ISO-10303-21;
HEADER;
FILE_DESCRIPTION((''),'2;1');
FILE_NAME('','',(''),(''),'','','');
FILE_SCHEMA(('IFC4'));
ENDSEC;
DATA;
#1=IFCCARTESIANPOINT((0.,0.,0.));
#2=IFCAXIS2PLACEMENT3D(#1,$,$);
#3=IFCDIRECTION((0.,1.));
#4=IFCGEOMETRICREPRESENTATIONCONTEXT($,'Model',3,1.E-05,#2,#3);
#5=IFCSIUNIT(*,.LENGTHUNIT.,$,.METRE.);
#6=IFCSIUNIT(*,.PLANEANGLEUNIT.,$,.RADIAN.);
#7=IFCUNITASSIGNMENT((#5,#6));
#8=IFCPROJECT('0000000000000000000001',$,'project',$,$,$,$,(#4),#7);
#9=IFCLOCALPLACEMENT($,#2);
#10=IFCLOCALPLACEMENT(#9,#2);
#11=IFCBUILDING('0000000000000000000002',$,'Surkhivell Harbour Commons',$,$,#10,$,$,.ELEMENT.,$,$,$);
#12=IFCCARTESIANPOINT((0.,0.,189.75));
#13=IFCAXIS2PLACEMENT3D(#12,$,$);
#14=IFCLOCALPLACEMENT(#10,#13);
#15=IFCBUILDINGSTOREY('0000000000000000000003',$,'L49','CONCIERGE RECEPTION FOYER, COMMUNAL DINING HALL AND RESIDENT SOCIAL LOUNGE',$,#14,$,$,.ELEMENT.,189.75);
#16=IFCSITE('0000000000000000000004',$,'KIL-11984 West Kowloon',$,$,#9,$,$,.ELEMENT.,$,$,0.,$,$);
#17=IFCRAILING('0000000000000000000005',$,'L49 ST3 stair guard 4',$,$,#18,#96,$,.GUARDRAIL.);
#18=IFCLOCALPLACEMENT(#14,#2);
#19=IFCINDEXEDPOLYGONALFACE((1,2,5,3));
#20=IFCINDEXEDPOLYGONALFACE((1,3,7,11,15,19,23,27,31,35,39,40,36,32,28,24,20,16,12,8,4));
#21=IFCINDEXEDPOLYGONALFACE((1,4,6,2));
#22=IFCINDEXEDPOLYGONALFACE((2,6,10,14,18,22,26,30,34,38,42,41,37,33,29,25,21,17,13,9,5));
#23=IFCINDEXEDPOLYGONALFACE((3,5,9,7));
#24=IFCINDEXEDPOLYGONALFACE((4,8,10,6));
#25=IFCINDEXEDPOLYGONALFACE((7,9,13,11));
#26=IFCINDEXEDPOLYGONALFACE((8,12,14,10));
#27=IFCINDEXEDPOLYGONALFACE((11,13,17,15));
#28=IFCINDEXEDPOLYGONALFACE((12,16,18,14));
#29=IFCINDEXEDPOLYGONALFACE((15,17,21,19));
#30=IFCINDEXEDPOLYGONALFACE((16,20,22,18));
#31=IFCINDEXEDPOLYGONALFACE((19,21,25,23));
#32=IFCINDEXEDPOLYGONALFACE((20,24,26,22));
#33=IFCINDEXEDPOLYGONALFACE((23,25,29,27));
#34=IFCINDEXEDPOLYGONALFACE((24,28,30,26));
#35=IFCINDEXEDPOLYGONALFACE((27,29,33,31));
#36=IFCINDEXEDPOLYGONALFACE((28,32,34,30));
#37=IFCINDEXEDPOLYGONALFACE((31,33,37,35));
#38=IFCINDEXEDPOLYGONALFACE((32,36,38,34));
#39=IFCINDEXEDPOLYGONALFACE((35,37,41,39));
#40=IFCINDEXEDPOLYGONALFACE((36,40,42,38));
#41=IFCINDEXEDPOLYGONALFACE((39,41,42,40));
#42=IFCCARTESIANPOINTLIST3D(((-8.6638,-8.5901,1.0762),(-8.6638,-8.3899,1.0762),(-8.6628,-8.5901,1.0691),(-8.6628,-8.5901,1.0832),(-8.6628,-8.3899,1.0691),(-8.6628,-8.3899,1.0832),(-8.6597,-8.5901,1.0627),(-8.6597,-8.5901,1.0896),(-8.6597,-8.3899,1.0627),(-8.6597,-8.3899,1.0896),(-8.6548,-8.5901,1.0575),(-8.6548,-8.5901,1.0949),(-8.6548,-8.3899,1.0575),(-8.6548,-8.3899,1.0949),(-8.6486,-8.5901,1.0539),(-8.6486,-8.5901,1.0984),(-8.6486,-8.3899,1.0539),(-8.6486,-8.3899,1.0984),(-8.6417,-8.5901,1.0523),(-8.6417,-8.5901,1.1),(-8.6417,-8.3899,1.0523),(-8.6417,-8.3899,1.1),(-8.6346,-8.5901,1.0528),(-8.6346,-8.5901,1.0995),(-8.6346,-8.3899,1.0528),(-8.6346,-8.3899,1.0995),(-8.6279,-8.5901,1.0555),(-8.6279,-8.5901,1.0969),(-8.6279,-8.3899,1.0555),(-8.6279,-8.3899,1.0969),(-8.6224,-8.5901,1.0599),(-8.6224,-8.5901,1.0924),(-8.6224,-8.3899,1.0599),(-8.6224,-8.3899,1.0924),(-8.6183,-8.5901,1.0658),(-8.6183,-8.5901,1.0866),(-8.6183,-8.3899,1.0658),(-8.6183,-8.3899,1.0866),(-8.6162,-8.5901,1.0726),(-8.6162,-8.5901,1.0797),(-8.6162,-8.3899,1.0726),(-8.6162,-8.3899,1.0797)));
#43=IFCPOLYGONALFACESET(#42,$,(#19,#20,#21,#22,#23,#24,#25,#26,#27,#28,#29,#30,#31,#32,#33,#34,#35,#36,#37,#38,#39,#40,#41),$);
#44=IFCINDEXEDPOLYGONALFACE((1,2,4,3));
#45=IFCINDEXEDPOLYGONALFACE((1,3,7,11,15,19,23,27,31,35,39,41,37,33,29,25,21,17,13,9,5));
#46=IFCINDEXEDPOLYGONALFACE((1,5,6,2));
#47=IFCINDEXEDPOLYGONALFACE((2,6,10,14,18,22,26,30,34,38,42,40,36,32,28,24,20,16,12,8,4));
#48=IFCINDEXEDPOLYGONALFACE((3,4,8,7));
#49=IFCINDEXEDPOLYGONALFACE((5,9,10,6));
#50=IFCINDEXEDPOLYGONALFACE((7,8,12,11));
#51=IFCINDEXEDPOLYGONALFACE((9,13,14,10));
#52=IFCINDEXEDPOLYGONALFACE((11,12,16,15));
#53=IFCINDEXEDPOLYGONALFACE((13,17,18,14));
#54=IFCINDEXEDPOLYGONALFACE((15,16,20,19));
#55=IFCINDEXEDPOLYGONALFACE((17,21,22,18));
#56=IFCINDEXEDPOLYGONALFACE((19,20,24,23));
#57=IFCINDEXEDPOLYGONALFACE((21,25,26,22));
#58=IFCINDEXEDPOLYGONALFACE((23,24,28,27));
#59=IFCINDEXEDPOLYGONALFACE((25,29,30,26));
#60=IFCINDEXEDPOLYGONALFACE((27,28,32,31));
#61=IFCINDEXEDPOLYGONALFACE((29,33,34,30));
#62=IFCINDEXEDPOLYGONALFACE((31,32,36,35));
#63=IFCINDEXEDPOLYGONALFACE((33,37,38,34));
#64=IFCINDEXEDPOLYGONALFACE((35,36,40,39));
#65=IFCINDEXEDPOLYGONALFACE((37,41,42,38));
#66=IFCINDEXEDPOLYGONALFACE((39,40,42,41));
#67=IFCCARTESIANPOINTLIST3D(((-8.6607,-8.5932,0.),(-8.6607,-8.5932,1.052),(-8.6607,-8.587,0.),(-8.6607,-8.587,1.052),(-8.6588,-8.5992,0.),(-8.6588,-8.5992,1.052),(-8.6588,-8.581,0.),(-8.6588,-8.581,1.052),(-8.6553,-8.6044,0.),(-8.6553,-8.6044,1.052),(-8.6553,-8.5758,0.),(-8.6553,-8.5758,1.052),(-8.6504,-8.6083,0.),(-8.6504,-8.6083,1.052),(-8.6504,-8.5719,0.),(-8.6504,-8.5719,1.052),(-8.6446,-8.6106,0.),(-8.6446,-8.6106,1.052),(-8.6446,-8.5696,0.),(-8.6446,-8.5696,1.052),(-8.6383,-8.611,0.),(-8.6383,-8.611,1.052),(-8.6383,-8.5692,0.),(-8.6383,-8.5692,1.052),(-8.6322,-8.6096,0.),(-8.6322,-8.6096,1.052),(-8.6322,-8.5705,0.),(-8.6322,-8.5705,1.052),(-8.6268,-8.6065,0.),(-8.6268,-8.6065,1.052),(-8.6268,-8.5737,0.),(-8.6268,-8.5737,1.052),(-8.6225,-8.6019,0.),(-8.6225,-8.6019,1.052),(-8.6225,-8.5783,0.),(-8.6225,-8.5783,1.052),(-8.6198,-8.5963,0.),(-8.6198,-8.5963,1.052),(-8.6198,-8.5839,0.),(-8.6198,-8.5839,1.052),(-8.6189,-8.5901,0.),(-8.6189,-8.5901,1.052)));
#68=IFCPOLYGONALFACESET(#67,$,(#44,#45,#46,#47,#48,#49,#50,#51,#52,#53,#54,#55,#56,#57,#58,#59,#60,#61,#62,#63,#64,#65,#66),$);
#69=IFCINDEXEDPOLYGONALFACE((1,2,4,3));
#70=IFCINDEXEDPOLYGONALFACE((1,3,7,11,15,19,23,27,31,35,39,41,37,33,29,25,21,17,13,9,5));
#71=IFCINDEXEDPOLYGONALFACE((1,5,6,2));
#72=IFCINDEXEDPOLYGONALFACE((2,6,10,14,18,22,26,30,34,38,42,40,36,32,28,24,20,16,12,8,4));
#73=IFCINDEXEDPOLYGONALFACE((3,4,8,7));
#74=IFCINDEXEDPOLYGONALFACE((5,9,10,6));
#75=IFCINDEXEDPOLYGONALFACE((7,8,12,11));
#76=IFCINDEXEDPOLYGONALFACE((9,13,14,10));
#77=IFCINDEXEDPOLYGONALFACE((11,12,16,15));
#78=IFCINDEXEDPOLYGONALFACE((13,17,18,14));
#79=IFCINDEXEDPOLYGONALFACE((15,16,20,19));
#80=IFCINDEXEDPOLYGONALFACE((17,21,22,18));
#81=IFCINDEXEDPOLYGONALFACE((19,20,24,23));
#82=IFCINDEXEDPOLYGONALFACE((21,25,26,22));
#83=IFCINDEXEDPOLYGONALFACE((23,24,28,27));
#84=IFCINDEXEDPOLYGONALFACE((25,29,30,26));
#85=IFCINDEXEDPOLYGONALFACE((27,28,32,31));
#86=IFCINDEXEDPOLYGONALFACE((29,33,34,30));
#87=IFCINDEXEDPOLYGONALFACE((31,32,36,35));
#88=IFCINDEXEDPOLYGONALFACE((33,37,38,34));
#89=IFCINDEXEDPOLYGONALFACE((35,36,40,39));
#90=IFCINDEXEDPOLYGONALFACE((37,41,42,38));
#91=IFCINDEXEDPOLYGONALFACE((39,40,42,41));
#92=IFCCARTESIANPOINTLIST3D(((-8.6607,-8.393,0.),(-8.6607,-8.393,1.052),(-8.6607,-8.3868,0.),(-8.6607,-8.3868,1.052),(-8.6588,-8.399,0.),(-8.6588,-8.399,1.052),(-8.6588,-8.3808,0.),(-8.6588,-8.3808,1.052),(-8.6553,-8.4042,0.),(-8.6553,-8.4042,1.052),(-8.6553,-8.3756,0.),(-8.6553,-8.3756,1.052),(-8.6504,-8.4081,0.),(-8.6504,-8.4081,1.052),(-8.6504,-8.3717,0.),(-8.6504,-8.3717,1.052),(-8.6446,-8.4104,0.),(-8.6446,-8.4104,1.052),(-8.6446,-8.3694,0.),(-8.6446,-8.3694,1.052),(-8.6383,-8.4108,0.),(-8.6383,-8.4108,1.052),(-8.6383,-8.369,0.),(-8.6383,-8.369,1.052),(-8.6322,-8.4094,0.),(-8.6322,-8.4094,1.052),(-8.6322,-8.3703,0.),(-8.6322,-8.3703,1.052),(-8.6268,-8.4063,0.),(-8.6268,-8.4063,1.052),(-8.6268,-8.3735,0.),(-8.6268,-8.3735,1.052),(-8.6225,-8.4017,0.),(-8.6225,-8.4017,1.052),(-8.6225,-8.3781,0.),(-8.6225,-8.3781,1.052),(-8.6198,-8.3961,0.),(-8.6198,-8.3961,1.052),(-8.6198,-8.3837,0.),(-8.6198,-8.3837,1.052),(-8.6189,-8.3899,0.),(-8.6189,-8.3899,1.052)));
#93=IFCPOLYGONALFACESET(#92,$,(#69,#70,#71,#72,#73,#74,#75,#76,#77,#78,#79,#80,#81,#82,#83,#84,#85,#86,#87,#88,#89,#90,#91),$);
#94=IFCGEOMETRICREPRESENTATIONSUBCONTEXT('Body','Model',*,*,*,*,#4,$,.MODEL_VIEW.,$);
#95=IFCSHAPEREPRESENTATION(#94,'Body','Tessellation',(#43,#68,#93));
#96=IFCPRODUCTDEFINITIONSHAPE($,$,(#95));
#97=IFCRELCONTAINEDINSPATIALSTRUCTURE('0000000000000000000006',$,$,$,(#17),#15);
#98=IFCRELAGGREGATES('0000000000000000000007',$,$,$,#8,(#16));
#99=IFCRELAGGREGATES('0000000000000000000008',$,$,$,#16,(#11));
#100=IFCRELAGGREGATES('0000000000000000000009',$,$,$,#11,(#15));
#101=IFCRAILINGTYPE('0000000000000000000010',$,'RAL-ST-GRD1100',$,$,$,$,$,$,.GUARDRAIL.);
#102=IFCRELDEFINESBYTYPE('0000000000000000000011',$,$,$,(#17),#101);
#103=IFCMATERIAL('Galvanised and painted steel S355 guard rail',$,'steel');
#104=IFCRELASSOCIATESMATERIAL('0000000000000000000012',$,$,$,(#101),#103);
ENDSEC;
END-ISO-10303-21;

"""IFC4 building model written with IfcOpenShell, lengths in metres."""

from ifc_helpers import new_model, si_unit, direction, frame, origin, origin_2d, place, context, subcontext, project, spatial, circle, extrude, material, type_object, element, save


model = new_model("IFC4")

# Units and contexts
model_context = context("Model", 3, precision=1e-05, world=origin(), true_north=direction((0.0, 1.0)))
body_context = subcontext(model_context, "Body", "Model", "MODEL_VIEW")
ifc_project = project(units=[si_unit("LENGTHUNIT", "METRE"), si_unit("PLANEANGLEUNIT", "RADIAN")], contexts=[model_context])

# Site, building, storey
site_placement = place(None, origin())
site = spatial("IfcSite", under=ifc_project, at=site_placement, Name="KIL-11984 West Kowloon", CompositionType="ELEMENT", RefElevation=0.0)
building_placement = place(site_placement, origin())
building = spatial("IfcBuilding", under=site, at=building_placement, Name="Surkhivell Harbour Commons", CompositionType="ELEMENT")
storey_placement = place(building_placement, frame((0.0, 0.0, 189.75)))
storey = spatial("IfcBuildingStorey", under=building, at=storey_placement, Name="L49", Description="CONCIERGE RECEPTION FOYER, COMMUNAL DINING HALL AND RESIDENT SOCIAL LOUNGE", CompositionType="ELEMENT", Elevation=189.75)

# Railing
ifc_material_1 = material(Name="Galvanised and painted steel S355 guard rail", Category="steel")
railing_type_1 = type_object("IfcRailingType", Name="RAL-ST-GRD1100", PredefinedType="GUARDRAIL", material=ifc_material_1)
railing_1_placement = place(storey_placement, frame((-8.6399, -8.5901, 0.0)))
element("IfcRailing", 1, at=railing_1_placement, inside=storey, type_object=railing_type_1, Name="L49 ST3 stair guard 4", PredefinedType="GUARDRAIL", context=body_context, shape_type="SweptSolid", body=[
    extrude(circle(Radius=0.0239, at=origin_2d()), frame((0.0, 0.0, 1.0762), z_axis=(0.0, 1.0, 0.0), x_axis=(-1.0, 0.0, 0.0)), (0.0, 0.0, 1.0), 0.2002),
    extrude(circle(Radius=0.021, at=origin_2d()), origin(), (0.0, 0.0, 1.0), 1.052),
    extrude(circle(Radius=0.021, at=origin_2d()), frame((0.0, 0.2002, 0.0)), (0.0, 0.0, 1.0), 1.052),
])

save(model, "model.ifc")
